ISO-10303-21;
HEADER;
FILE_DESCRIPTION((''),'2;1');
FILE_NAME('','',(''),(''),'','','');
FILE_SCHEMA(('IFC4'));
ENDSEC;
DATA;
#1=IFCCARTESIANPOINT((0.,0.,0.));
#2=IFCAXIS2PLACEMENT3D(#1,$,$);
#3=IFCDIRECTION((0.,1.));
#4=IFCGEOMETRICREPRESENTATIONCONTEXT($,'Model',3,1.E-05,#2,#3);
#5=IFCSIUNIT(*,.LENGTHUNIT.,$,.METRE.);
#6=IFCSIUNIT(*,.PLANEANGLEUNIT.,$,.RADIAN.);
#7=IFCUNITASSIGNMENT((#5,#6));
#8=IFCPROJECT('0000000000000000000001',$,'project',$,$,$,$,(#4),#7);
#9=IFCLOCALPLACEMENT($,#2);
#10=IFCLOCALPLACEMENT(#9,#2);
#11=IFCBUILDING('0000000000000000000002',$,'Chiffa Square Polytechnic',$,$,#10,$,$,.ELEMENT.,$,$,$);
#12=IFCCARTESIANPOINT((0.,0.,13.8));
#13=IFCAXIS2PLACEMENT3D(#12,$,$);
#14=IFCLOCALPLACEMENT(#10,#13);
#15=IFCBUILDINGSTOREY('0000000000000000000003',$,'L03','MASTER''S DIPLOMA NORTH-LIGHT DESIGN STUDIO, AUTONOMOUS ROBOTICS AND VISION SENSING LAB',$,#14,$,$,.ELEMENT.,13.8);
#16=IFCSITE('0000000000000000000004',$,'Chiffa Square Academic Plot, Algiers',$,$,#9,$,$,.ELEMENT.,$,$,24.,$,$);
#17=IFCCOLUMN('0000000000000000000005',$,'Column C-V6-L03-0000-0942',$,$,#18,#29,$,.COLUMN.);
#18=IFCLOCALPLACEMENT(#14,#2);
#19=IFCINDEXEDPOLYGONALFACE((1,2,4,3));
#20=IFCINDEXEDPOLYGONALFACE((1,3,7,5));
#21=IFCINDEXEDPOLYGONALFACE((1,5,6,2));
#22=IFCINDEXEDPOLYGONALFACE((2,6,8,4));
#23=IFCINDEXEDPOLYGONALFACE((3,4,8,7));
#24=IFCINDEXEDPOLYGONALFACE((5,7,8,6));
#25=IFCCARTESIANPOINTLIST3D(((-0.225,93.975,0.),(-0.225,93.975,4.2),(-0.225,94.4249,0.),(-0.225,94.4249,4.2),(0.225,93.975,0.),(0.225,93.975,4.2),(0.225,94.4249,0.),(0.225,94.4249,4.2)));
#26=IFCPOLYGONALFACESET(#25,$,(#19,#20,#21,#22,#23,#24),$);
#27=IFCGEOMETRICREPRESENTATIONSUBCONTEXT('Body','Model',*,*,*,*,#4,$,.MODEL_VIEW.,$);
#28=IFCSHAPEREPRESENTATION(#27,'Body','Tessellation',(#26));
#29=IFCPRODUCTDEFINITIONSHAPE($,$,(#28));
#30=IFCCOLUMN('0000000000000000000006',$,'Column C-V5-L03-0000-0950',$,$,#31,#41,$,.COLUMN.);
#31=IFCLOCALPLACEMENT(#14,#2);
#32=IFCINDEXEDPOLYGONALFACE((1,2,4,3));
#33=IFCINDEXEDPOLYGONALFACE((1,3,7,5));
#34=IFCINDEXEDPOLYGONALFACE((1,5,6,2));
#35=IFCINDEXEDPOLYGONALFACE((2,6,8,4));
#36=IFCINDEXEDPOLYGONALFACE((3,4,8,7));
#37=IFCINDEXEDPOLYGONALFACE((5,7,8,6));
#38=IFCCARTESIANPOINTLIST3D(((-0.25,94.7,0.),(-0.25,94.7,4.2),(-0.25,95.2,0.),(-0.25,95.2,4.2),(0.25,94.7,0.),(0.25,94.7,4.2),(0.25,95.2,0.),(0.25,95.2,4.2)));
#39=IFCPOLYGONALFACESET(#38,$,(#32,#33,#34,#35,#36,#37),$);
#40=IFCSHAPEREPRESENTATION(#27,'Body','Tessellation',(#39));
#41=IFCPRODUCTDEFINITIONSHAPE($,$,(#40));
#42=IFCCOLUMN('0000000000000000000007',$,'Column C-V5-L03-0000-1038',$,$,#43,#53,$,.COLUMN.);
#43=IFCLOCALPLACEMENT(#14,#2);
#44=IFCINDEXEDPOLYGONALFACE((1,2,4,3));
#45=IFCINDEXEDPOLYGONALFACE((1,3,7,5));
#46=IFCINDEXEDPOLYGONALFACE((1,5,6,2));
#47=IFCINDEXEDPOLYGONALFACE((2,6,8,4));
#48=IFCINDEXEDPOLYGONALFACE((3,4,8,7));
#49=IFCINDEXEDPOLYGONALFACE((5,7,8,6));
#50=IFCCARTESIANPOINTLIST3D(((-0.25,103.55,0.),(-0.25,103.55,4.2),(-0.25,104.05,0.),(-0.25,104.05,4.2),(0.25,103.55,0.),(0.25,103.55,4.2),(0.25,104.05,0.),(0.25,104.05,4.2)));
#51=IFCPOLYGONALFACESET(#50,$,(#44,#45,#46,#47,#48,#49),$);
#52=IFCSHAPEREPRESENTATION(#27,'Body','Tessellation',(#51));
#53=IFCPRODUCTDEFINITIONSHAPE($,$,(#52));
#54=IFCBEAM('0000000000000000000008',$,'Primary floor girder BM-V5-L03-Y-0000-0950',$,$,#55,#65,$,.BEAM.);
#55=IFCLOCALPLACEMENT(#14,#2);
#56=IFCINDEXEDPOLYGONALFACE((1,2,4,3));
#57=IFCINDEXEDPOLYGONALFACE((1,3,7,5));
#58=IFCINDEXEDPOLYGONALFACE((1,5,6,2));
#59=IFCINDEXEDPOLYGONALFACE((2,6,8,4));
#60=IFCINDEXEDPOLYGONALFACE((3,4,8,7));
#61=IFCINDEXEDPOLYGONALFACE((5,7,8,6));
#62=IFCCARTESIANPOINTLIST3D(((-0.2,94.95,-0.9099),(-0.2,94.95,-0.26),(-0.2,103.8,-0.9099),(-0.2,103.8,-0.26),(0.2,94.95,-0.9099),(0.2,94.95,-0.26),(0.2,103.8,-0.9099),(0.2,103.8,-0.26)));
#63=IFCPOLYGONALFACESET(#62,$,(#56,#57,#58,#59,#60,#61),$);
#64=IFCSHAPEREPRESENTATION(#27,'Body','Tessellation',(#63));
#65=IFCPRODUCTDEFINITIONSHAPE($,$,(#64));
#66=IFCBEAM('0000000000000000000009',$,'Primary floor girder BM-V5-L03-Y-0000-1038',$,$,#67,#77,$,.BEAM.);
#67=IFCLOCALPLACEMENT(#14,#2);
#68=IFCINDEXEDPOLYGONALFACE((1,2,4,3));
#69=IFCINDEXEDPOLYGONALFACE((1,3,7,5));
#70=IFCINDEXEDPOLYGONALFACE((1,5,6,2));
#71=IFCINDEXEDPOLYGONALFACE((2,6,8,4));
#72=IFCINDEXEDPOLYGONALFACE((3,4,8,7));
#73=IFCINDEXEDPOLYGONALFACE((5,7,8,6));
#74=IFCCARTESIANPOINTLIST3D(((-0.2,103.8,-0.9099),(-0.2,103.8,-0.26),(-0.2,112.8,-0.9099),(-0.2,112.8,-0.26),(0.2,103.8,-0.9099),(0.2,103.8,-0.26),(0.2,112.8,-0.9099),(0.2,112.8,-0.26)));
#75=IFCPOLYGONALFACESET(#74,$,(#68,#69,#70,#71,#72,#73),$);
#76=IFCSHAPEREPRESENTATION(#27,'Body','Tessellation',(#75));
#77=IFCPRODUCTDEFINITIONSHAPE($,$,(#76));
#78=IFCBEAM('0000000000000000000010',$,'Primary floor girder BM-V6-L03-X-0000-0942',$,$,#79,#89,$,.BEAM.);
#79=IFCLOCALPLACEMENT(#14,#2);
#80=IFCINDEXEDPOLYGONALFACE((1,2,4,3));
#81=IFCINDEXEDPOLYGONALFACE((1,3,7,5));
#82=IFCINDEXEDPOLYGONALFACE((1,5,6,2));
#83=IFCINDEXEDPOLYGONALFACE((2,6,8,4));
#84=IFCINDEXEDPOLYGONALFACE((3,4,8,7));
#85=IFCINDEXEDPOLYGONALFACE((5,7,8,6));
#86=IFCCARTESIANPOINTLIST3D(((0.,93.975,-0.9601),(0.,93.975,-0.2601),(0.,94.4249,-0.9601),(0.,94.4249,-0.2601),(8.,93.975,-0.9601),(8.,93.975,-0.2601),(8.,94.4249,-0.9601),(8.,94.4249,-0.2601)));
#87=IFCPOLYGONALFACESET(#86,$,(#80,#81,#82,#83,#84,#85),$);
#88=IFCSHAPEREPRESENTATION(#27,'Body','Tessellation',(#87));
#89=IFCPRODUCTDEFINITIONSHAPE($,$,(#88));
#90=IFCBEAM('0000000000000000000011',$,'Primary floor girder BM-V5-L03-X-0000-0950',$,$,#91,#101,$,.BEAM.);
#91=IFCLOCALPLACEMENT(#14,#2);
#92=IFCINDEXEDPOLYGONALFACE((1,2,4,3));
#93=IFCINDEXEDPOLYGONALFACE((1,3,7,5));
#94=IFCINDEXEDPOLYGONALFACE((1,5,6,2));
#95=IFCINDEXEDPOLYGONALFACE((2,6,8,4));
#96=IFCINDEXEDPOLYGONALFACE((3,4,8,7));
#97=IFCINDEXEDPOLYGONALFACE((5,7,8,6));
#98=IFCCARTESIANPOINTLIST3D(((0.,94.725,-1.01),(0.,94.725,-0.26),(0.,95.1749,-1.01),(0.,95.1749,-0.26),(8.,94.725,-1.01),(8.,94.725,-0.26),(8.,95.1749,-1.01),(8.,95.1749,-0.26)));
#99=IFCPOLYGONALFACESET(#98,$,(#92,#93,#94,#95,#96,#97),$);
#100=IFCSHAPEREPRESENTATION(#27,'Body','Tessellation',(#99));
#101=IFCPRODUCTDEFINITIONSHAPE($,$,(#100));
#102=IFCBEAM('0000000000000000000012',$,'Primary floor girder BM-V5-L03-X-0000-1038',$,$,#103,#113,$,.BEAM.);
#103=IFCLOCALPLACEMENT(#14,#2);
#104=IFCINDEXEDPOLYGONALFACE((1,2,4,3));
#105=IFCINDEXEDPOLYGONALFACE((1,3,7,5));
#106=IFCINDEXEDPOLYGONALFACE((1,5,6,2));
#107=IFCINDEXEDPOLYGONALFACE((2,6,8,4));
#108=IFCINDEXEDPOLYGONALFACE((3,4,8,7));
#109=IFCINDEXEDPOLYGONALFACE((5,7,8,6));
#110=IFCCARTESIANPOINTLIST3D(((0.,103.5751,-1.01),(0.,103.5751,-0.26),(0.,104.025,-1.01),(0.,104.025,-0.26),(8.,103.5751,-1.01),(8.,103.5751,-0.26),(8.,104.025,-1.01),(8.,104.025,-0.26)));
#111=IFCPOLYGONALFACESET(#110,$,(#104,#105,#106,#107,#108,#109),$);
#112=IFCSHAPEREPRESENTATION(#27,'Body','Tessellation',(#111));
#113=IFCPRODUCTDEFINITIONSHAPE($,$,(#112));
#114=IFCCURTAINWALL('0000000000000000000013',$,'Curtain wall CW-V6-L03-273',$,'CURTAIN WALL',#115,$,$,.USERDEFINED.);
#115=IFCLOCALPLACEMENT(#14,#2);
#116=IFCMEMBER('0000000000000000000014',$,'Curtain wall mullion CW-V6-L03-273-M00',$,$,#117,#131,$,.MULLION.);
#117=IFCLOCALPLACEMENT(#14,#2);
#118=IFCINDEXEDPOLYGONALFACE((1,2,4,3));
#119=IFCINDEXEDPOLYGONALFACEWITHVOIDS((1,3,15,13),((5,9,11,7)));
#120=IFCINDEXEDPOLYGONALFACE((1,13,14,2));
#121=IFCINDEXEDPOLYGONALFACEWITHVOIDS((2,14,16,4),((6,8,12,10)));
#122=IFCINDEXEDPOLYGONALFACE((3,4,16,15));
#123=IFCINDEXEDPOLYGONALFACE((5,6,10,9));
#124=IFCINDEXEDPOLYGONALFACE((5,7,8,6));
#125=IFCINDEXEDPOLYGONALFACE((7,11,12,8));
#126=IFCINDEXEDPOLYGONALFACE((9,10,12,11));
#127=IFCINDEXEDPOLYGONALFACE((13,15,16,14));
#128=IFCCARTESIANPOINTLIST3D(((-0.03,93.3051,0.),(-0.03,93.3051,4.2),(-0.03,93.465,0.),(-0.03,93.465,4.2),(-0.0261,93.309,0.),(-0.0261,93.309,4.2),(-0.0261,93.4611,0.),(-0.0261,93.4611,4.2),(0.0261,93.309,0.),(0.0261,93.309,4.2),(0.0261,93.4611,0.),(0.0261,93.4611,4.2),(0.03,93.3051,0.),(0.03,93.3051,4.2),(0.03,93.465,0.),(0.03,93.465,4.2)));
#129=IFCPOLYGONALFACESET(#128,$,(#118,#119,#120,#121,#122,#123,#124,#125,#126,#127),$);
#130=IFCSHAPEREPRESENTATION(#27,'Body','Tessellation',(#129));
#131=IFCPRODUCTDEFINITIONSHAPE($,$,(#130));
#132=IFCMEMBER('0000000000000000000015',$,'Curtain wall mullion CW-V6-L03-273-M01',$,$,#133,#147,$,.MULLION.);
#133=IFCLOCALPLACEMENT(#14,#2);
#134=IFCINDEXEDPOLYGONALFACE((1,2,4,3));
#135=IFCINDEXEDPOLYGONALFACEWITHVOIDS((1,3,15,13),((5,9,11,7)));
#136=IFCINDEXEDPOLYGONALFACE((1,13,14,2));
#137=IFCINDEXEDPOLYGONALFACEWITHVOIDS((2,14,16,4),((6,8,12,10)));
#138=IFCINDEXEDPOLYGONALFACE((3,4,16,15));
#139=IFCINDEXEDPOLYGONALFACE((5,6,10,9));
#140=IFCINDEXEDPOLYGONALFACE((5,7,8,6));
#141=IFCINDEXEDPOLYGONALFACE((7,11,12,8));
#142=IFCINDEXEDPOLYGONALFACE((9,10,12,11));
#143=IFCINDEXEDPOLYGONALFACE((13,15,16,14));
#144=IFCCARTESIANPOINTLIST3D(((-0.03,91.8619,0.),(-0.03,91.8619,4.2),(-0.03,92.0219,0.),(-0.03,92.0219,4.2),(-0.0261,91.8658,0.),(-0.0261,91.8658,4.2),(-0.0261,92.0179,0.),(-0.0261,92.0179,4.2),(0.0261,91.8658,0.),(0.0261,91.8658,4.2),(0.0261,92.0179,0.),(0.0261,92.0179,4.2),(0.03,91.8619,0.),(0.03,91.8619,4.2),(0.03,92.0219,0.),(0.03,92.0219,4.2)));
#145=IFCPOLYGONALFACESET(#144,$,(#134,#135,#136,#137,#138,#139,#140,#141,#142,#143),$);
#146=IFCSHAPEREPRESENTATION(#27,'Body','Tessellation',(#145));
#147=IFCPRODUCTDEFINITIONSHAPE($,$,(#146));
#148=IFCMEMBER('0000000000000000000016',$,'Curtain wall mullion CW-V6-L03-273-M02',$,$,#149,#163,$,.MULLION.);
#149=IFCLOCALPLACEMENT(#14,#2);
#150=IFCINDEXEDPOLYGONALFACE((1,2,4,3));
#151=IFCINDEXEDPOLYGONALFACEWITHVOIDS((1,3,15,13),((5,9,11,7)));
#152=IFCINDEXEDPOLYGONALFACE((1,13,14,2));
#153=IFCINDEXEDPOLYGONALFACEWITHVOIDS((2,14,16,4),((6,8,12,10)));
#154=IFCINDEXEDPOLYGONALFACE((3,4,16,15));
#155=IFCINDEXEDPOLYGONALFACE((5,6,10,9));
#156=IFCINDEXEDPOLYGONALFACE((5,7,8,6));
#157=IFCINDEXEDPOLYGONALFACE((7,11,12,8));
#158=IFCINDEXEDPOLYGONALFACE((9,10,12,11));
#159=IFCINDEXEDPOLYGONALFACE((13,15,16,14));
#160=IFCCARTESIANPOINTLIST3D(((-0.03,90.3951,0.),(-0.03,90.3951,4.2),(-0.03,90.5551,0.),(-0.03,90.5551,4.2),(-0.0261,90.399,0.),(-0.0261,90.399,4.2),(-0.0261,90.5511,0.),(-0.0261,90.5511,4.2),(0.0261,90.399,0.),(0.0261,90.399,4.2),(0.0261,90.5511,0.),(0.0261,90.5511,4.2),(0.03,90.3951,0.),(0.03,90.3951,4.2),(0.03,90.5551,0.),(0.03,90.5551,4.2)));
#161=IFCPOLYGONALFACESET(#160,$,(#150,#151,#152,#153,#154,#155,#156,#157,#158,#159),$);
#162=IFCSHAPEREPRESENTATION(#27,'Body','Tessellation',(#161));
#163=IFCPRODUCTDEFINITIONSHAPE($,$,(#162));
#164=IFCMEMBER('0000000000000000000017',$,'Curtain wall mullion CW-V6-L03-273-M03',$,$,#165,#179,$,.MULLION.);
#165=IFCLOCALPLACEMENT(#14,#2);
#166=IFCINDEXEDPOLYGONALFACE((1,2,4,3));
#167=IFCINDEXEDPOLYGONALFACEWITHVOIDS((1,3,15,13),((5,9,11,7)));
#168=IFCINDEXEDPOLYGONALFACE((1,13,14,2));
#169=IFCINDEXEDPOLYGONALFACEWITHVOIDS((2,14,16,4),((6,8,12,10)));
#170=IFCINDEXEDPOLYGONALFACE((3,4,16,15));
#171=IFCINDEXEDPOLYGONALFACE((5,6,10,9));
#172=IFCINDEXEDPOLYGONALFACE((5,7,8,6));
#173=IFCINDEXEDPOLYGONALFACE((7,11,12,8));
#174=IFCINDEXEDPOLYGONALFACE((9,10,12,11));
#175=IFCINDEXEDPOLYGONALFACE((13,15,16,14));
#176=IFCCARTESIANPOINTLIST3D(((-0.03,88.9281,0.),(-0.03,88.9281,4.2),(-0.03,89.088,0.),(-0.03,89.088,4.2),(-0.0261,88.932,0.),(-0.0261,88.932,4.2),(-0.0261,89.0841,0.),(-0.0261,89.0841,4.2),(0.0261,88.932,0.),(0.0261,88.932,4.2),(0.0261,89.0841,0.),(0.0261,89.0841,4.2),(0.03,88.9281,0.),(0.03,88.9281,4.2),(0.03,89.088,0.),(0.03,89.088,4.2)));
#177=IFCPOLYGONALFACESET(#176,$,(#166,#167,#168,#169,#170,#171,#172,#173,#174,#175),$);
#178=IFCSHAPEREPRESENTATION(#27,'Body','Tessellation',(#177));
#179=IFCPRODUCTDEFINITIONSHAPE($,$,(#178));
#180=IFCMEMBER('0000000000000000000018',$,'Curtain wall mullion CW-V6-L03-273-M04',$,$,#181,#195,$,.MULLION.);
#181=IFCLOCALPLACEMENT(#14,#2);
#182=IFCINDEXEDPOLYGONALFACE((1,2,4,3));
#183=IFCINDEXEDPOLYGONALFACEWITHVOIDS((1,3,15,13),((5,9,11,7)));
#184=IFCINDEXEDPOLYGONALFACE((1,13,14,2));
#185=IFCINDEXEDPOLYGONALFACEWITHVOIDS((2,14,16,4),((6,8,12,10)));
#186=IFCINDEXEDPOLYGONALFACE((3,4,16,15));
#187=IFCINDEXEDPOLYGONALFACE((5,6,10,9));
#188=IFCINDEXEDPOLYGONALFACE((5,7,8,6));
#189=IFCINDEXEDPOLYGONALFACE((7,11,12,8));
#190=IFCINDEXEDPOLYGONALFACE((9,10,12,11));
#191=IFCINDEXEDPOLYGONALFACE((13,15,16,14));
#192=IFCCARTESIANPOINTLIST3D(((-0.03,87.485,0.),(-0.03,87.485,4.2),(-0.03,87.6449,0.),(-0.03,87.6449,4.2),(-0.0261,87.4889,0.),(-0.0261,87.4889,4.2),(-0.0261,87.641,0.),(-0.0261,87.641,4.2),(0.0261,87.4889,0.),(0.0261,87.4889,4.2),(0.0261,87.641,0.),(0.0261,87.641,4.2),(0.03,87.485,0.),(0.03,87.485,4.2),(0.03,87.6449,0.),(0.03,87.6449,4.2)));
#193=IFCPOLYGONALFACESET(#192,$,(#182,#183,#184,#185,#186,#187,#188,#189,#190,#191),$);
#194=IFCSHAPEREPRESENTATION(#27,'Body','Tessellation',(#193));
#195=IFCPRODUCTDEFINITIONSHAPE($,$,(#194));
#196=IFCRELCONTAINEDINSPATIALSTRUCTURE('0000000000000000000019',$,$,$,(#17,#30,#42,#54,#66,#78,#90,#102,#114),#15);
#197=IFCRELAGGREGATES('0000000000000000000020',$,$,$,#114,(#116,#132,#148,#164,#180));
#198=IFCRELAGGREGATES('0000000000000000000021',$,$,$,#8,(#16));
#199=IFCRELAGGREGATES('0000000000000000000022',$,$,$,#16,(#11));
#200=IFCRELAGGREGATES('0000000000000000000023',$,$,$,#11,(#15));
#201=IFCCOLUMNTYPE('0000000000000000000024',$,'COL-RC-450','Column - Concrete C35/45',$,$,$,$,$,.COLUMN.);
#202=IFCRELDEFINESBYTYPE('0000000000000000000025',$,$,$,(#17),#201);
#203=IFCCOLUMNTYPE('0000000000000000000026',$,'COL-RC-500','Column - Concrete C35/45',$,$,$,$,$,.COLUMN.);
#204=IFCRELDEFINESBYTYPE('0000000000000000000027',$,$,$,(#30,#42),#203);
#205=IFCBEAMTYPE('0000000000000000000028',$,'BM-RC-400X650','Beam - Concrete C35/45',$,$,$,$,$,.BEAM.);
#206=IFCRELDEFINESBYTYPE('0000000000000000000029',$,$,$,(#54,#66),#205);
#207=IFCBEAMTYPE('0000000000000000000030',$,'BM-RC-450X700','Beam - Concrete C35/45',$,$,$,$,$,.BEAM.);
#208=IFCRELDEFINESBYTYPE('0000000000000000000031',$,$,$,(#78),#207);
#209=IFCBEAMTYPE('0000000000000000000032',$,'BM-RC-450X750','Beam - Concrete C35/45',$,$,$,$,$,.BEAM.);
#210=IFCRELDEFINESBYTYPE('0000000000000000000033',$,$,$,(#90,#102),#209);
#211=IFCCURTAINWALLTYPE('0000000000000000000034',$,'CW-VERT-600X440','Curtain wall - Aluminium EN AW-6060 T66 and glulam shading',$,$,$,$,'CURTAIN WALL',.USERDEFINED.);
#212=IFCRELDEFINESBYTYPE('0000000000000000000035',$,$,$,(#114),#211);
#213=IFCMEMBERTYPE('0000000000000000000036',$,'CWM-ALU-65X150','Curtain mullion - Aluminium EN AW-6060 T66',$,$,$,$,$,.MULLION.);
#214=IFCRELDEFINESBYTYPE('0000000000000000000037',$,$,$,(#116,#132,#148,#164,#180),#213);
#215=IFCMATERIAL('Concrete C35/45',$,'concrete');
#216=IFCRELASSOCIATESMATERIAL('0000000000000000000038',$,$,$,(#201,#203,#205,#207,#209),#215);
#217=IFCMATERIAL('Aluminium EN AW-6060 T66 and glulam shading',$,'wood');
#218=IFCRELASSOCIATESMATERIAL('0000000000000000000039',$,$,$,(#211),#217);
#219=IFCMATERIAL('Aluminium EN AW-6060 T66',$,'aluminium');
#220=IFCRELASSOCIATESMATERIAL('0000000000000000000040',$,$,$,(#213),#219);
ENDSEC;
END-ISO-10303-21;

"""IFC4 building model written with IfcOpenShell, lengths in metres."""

from ifc_helpers import new_model, si_unit, direction, frame, origin, origin_2d, place, context, subcontext, project, spatial, rectangle, hollow_rectangle, extrude, material, material_profile, profile_set, type_object, element, aggregate, save


model = new_model("IFC4")

# Units and contexts
model_context = context("Model", 3, precision=1e-05, world=origin(), true_north=direction((0.0, 1.0)))
body_context = subcontext(model_context, "Body", "Model", "MODEL_VIEW")
ifc_project = project(units=[si_unit("LENGTHUNIT", "METRE"), si_unit("PLANEANGLEUNIT", "RADIAN")], contexts=[model_context])

# Site, building, storey
site_placement = place(None, origin())
site = spatial("IfcSite", under=ifc_project, at=site_placement, Name="Chiffa Square Academic Plot, Algiers", CompositionType="ELEMENT", RefElevation=24.0)
building_placement = place(site_placement, origin())
building = spatial("IfcBuilding", under=site, at=building_placement, Name="Chiffa Square Polytechnic", CompositionType="ELEMENT")
storey_placement = place(building_placement, frame((0.0, 0.0, 13.8)))
storey = spatial("IfcBuildingStorey", under=building, at=storey_placement, Name="L03", Description="MASTER'S DIPLOMA NORTH-LIGHT DESIGN STUDIO, AUTONOMOUS ROBOTICS AND VISION SENSING LAB", CompositionType="ELEMENT", Elevation=13.8)

# Columns
ifc_material_1 = material(Name="Concrete C35/45", Category="concrete")
ifc_material_profile_1 = material_profile(ifc_material_1, rectangle(XDim=0.45, YDim=0.45, at=origin_2d()), Name="RC 450x450")
ifc_profile_set_1 = profile_set([ifc_material_profile_1], Name="Concrete C35/45")
column_type_1 = type_object("IfcColumnType", Name="COL-RC-450", Description="Column - Concrete C35/45", PredefinedType="COLUMN", material=ifc_profile_set_1)
column_placement = place(storey_placement, frame((0.0, 94.2, 0.0), z_axis=(0.0, 0.0, 1.0), x_axis=(1.0, 0.0, 0.0)))
element("IfcColumn", 1, at=column_placement, inside=storey, type_object=column_type_1, Name="Column C-V6-L03-0000-0942", PredefinedType="COLUMN", context=body_context, shape_type="SweptSolid", body=[
    extrude(rectangle(XDim=0.45, YDim=0.45, at=origin_2d()), origin(), (0.0, 0.0, 1.0), 4.2),
])
ifc_material_profile_2 = material_profile(ifc_material_1, rectangle(XDim=0.5, YDim=0.5, at=origin_2d()), Name="RC 500x500")
ifc_profile_set_2 = profile_set([ifc_material_profile_2], Name="Concrete C35/45")
column_type_2 = type_object("IfcColumnType", Name="COL-RC-500", Description="Column - Concrete C35/45", PredefinedType="COLUMN", material=ifc_profile_set_2)
for number, where, z_axis, x_axis, name in (
    (2, (0.0, 94.95, 0.0), (0.0, 0.0, 1.0), (1.0, 0.0, 0.0), "Column C-V5-L03-0000-0950"),
    (3, (0.0, 103.8, 0.0), (0.0, 0.0, 1.0), (1.0, 0.0, 0.0), "Column C-V5-L03-0000-1038"),
):
    element("IfcColumn", number, at=place(storey_placement, frame(where, z_axis=z_axis, x_axis=x_axis)), inside=storey, type_object=column_type_2, Name=name, PredefinedType="COLUMN", context=body_context, shape_type="SweptSolid", body=[
        extrude(rectangle(XDim=0.5, YDim=0.5, at=origin_2d()), origin(), (0.0, 0.0, 1.0), 4.2),
    ])

# Beams
ifc_material_profile_3 = material_profile(ifc_material_1, rectangle(XDim=0.3999, YDim=0.6499, at=origin_2d()), Name="RC 400x650")
ifc_profile_set_3 = profile_set([ifc_material_profile_3], Name="Concrete C35/45")
beam_type_1 = type_object("IfcBeamType", Name="BM-RC-400X650", Description="Beam - Concrete C35/45", PredefinedType="BEAM", material=ifc_profile_set_3)
beam_1_placement = place(storey_placement, frame((0.0, 94.95, -0.585), z_axis=(0.0, 1.0, 0.0), x_axis=(-1.0, 0.0, 0.0)))
element("IfcBeam", 4, at=beam_1_placement, inside=storey, type_object=beam_type_1, Name="Primary floor girder BM-V5-L03-Y-0000-0950", PredefinedType="BEAM", context=body_context, shape_type="SweptSolid", body=[
    extrude(rectangle(XDim=0.3999, YDim=0.6499, at=origin_2d()), origin(), (0.0, 0.0, 1.0), 8.8501),
])
beam_2_placement = place(storey_placement, frame((0.0, 103.8, -0.585), z_axis=(0.0, 1.0, 0.0), x_axis=(-1.0, 0.0, 0.0)))
element("IfcBeam", 5, at=beam_2_placement, inside=storey, type_object=beam_type_1, Name="Primary floor girder BM-V5-L03-Y-0000-1038", PredefinedType="BEAM", context=body_context, shape_type="SweptSolid", body=[
    extrude(rectangle(XDim=0.3999, YDim=0.6499, at=origin_2d()), origin(), (0.0, 0.0, 1.0), 9.0),
])
ifc_material_profile_4 = material_profile(ifc_material_1, rectangle(XDim=0.45, YDim=0.7, at=origin_2d()), Name="RC 450x700")
ifc_profile_set_4 = profile_set([ifc_material_profile_4], Name="Concrete C35/45")
beam_type_2 = type_object("IfcBeamType", Name="BM-RC-450X700", Description="Beam - Concrete C35/45", PredefinedType="BEAM", material=ifc_profile_set_4)
beam_3_placement = place(storey_placement, frame((0.0, 94.2, -0.6101), z_axis=(1.0, 0.0, 0.0), x_axis=(0.0, 1.0, 0.0)))
element("IfcBeam", 6, at=beam_3_placement, inside=storey, type_object=beam_type_2, Name="Primary floor girder BM-V6-L03-X-0000-0942", PredefinedType="BEAM", context=body_context, shape_type="SweptSolid", body=[
    extrude(rectangle(XDim=0.45, YDim=0.7, at=origin_2d()), origin(), (0.0, 0.0, 1.0), 8.0),
])
ifc_material_profile_5 = material_profile(ifc_material_1, rectangle(XDim=0.45, YDim=0.75, at=origin_2d()), Name="RC 450x750")
ifc_profile_set_5 = profile_set([ifc_material_profile_5], Name="Concrete C35/45")
beam_type_3 = type_object("IfcBeamType", Name="BM-RC-450X750", Description="Beam - Concrete C35/45", PredefinedType="BEAM", material=ifc_profile_set_5)
for number, where, z_axis, x_axis, name in (
    (7, (0.0, 94.95, -0.635), (1.0, 0.0, 0.0), (0.0, 1.0, 0.0), "Primary floor girder BM-V5-L03-X-0000-0950"),
    (8, (0.0, 103.8, -0.635), (1.0, 0.0, 0.0), (0.0, 1.0, 0.0), "Primary floor girder BM-V5-L03-X-0000-1038"),
):
    element("IfcBeam", number, at=place(storey_placement, frame(where, z_axis=z_axis, x_axis=x_axis)), inside=storey, type_object=beam_type_3, Name=name, PredefinedType="BEAM", context=body_context, shape_type="SweptSolid", body=[
        extrude(rectangle(XDim=0.45, YDim=0.75, at=origin_2d()), origin(), (0.0, 0.0, 1.0), 8.0),
    ])

# Curtain wall, members
ifc_material_2 = material(Name="Aluminium EN AW-6060 T66 and glulam shading", Category="wood")
curtain_wall_type = type_object("IfcCurtainWallType", Name="CW-VERT-600X440", Description="Curtain wall - Aluminium EN AW-6060 T66 and glulam shading", ElementType="CURTAIN WALL", PredefinedType="USERDEFINED", material=ifc_material_2)
curtain_wall_placement = place(storey_placement, origin())
curtain_wall = element("IfcCurtainWall", 9, at=curtain_wall_placement, inside=storey, type_object=curtain_wall_type, Name="Curtain wall CW-V6-L03-273", ObjectType="CURTAIN WALL", PredefinedType="USERDEFINED")
ifc_material_3 = material(Name="Aluminium EN AW-6060 T66", Category="aluminium")
ifc_material_profile_6 = material_profile(ifc_material_3, hollow_rectangle(XDim=0.0601, YDim=0.1599, WallThickness=0.0039, at=origin_2d()), Name="ALU 60x160x4")
ifc_profile_set_6 = profile_set([ifc_material_profile_6], Name="Aluminium EN AW-6060 T66")
member_type_1 = type_object("IfcMemberType", Name="CWM-ALU-65X150", Description="Curtain mullion - Aluminium EN AW-6060 T66", PredefinedType="MULLION", material=ifc_profile_set_6)
member_1_placement = place(storey_placement, frame((0.0, 93.385, 0.0), z_axis=(0.0, 0.0, 1.0), x_axis=(1.0, 0.0, 0.0)))
member_1 = element("IfcMember", 10, at=member_1_placement, type_object=member_type_1, Name="Curtain wall mullion CW-V6-L03-273-M00", PredefinedType="MULLION", context=body_context, shape_type="SweptSolid", body=[
    extrude(hollow_rectangle(XDim=0.0601, YDim=0.1599, WallThickness=0.0039, at=origin_2d()), origin(), (0.0, 0.0, 1.0), 4.2),
])
member_2_placement = place(storey_placement, frame((0.0, 91.9419, 0.0), z_axis=(0.0, 0.0, 1.0), x_axis=(1.0, 0.0, 0.0)))
member_2 = element("IfcMember", 11, at=member_2_placement, type_object=member_type_1, Name="Curtain wall mullion CW-V6-L03-273-M01", PredefinedType="MULLION", context=body_context, shape_type="SweptSolid", body=[
    extrude(hollow_rectangle(XDim=0.0601, YDim=0.1599, WallThickness=0.0039, at=origin_2d()), origin(), (0.0, 0.0, 1.0), 4.2),
])
member_3_placement = place(storey_placement, frame((0.0, 90.4751, 0.0), z_axis=(0.0, 0.0, 1.0), x_axis=(1.0, 0.0, 0.0)))
member_3 = element("IfcMember", 12, at=member_3_placement, type_object=member_type_1, Name="Curtain wall mullion CW-V6-L03-273-M02", PredefinedType="MULLION", context=body_context, shape_type="SweptSolid", body=[
    extrude(hollow_rectangle(XDim=0.0601, YDim=0.1599, WallThickness=0.0039, at=origin_2d()), origin(), (0.0, 0.0, 1.0), 4.2),
])
member_4_placement = place(storey_placement, frame((0.0, 89.0081, 0.0), z_axis=(0.0, 0.0, 1.0), x_axis=(1.0, 0.0, 0.0)))
member_4 = element("IfcMember", 13, at=member_4_placement, type_object=member_type_1, Name="Curtain wall mullion CW-V6-L03-273-M03", PredefinedType="MULLION", context=body_context, shape_type="SweptSolid", body=[
    extrude(hollow_rectangle(XDim=0.0601, YDim=0.1599, WallThickness=0.0039, at=origin_2d()), origin(), (0.0, 0.0, 1.0), 4.2),
])
member_5_placement = place(storey_placement, frame((0.0, 87.5649, 0.0), z_axis=(0.0, 0.0, 1.0), x_axis=(1.0, 0.0, 0.0)))
member_5 = element("IfcMember", 14, at=member_5_placement, type_object=member_type_1, Name="Curtain wall mullion CW-V6-L03-273-M04", PredefinedType="MULLION", context=body_context, shape_type="SweptSolid", body=[
    extrude(hollow_rectangle(XDim=0.0601, YDim=0.1599, WallThickness=0.0039, at=origin_2d()), origin(), (0.0, 0.0, 1.0), 4.2),
])

aggregate(curtain_wall, [member_1, member_2, member_3, member_4, member_5])

save(model, "model.ifc")
